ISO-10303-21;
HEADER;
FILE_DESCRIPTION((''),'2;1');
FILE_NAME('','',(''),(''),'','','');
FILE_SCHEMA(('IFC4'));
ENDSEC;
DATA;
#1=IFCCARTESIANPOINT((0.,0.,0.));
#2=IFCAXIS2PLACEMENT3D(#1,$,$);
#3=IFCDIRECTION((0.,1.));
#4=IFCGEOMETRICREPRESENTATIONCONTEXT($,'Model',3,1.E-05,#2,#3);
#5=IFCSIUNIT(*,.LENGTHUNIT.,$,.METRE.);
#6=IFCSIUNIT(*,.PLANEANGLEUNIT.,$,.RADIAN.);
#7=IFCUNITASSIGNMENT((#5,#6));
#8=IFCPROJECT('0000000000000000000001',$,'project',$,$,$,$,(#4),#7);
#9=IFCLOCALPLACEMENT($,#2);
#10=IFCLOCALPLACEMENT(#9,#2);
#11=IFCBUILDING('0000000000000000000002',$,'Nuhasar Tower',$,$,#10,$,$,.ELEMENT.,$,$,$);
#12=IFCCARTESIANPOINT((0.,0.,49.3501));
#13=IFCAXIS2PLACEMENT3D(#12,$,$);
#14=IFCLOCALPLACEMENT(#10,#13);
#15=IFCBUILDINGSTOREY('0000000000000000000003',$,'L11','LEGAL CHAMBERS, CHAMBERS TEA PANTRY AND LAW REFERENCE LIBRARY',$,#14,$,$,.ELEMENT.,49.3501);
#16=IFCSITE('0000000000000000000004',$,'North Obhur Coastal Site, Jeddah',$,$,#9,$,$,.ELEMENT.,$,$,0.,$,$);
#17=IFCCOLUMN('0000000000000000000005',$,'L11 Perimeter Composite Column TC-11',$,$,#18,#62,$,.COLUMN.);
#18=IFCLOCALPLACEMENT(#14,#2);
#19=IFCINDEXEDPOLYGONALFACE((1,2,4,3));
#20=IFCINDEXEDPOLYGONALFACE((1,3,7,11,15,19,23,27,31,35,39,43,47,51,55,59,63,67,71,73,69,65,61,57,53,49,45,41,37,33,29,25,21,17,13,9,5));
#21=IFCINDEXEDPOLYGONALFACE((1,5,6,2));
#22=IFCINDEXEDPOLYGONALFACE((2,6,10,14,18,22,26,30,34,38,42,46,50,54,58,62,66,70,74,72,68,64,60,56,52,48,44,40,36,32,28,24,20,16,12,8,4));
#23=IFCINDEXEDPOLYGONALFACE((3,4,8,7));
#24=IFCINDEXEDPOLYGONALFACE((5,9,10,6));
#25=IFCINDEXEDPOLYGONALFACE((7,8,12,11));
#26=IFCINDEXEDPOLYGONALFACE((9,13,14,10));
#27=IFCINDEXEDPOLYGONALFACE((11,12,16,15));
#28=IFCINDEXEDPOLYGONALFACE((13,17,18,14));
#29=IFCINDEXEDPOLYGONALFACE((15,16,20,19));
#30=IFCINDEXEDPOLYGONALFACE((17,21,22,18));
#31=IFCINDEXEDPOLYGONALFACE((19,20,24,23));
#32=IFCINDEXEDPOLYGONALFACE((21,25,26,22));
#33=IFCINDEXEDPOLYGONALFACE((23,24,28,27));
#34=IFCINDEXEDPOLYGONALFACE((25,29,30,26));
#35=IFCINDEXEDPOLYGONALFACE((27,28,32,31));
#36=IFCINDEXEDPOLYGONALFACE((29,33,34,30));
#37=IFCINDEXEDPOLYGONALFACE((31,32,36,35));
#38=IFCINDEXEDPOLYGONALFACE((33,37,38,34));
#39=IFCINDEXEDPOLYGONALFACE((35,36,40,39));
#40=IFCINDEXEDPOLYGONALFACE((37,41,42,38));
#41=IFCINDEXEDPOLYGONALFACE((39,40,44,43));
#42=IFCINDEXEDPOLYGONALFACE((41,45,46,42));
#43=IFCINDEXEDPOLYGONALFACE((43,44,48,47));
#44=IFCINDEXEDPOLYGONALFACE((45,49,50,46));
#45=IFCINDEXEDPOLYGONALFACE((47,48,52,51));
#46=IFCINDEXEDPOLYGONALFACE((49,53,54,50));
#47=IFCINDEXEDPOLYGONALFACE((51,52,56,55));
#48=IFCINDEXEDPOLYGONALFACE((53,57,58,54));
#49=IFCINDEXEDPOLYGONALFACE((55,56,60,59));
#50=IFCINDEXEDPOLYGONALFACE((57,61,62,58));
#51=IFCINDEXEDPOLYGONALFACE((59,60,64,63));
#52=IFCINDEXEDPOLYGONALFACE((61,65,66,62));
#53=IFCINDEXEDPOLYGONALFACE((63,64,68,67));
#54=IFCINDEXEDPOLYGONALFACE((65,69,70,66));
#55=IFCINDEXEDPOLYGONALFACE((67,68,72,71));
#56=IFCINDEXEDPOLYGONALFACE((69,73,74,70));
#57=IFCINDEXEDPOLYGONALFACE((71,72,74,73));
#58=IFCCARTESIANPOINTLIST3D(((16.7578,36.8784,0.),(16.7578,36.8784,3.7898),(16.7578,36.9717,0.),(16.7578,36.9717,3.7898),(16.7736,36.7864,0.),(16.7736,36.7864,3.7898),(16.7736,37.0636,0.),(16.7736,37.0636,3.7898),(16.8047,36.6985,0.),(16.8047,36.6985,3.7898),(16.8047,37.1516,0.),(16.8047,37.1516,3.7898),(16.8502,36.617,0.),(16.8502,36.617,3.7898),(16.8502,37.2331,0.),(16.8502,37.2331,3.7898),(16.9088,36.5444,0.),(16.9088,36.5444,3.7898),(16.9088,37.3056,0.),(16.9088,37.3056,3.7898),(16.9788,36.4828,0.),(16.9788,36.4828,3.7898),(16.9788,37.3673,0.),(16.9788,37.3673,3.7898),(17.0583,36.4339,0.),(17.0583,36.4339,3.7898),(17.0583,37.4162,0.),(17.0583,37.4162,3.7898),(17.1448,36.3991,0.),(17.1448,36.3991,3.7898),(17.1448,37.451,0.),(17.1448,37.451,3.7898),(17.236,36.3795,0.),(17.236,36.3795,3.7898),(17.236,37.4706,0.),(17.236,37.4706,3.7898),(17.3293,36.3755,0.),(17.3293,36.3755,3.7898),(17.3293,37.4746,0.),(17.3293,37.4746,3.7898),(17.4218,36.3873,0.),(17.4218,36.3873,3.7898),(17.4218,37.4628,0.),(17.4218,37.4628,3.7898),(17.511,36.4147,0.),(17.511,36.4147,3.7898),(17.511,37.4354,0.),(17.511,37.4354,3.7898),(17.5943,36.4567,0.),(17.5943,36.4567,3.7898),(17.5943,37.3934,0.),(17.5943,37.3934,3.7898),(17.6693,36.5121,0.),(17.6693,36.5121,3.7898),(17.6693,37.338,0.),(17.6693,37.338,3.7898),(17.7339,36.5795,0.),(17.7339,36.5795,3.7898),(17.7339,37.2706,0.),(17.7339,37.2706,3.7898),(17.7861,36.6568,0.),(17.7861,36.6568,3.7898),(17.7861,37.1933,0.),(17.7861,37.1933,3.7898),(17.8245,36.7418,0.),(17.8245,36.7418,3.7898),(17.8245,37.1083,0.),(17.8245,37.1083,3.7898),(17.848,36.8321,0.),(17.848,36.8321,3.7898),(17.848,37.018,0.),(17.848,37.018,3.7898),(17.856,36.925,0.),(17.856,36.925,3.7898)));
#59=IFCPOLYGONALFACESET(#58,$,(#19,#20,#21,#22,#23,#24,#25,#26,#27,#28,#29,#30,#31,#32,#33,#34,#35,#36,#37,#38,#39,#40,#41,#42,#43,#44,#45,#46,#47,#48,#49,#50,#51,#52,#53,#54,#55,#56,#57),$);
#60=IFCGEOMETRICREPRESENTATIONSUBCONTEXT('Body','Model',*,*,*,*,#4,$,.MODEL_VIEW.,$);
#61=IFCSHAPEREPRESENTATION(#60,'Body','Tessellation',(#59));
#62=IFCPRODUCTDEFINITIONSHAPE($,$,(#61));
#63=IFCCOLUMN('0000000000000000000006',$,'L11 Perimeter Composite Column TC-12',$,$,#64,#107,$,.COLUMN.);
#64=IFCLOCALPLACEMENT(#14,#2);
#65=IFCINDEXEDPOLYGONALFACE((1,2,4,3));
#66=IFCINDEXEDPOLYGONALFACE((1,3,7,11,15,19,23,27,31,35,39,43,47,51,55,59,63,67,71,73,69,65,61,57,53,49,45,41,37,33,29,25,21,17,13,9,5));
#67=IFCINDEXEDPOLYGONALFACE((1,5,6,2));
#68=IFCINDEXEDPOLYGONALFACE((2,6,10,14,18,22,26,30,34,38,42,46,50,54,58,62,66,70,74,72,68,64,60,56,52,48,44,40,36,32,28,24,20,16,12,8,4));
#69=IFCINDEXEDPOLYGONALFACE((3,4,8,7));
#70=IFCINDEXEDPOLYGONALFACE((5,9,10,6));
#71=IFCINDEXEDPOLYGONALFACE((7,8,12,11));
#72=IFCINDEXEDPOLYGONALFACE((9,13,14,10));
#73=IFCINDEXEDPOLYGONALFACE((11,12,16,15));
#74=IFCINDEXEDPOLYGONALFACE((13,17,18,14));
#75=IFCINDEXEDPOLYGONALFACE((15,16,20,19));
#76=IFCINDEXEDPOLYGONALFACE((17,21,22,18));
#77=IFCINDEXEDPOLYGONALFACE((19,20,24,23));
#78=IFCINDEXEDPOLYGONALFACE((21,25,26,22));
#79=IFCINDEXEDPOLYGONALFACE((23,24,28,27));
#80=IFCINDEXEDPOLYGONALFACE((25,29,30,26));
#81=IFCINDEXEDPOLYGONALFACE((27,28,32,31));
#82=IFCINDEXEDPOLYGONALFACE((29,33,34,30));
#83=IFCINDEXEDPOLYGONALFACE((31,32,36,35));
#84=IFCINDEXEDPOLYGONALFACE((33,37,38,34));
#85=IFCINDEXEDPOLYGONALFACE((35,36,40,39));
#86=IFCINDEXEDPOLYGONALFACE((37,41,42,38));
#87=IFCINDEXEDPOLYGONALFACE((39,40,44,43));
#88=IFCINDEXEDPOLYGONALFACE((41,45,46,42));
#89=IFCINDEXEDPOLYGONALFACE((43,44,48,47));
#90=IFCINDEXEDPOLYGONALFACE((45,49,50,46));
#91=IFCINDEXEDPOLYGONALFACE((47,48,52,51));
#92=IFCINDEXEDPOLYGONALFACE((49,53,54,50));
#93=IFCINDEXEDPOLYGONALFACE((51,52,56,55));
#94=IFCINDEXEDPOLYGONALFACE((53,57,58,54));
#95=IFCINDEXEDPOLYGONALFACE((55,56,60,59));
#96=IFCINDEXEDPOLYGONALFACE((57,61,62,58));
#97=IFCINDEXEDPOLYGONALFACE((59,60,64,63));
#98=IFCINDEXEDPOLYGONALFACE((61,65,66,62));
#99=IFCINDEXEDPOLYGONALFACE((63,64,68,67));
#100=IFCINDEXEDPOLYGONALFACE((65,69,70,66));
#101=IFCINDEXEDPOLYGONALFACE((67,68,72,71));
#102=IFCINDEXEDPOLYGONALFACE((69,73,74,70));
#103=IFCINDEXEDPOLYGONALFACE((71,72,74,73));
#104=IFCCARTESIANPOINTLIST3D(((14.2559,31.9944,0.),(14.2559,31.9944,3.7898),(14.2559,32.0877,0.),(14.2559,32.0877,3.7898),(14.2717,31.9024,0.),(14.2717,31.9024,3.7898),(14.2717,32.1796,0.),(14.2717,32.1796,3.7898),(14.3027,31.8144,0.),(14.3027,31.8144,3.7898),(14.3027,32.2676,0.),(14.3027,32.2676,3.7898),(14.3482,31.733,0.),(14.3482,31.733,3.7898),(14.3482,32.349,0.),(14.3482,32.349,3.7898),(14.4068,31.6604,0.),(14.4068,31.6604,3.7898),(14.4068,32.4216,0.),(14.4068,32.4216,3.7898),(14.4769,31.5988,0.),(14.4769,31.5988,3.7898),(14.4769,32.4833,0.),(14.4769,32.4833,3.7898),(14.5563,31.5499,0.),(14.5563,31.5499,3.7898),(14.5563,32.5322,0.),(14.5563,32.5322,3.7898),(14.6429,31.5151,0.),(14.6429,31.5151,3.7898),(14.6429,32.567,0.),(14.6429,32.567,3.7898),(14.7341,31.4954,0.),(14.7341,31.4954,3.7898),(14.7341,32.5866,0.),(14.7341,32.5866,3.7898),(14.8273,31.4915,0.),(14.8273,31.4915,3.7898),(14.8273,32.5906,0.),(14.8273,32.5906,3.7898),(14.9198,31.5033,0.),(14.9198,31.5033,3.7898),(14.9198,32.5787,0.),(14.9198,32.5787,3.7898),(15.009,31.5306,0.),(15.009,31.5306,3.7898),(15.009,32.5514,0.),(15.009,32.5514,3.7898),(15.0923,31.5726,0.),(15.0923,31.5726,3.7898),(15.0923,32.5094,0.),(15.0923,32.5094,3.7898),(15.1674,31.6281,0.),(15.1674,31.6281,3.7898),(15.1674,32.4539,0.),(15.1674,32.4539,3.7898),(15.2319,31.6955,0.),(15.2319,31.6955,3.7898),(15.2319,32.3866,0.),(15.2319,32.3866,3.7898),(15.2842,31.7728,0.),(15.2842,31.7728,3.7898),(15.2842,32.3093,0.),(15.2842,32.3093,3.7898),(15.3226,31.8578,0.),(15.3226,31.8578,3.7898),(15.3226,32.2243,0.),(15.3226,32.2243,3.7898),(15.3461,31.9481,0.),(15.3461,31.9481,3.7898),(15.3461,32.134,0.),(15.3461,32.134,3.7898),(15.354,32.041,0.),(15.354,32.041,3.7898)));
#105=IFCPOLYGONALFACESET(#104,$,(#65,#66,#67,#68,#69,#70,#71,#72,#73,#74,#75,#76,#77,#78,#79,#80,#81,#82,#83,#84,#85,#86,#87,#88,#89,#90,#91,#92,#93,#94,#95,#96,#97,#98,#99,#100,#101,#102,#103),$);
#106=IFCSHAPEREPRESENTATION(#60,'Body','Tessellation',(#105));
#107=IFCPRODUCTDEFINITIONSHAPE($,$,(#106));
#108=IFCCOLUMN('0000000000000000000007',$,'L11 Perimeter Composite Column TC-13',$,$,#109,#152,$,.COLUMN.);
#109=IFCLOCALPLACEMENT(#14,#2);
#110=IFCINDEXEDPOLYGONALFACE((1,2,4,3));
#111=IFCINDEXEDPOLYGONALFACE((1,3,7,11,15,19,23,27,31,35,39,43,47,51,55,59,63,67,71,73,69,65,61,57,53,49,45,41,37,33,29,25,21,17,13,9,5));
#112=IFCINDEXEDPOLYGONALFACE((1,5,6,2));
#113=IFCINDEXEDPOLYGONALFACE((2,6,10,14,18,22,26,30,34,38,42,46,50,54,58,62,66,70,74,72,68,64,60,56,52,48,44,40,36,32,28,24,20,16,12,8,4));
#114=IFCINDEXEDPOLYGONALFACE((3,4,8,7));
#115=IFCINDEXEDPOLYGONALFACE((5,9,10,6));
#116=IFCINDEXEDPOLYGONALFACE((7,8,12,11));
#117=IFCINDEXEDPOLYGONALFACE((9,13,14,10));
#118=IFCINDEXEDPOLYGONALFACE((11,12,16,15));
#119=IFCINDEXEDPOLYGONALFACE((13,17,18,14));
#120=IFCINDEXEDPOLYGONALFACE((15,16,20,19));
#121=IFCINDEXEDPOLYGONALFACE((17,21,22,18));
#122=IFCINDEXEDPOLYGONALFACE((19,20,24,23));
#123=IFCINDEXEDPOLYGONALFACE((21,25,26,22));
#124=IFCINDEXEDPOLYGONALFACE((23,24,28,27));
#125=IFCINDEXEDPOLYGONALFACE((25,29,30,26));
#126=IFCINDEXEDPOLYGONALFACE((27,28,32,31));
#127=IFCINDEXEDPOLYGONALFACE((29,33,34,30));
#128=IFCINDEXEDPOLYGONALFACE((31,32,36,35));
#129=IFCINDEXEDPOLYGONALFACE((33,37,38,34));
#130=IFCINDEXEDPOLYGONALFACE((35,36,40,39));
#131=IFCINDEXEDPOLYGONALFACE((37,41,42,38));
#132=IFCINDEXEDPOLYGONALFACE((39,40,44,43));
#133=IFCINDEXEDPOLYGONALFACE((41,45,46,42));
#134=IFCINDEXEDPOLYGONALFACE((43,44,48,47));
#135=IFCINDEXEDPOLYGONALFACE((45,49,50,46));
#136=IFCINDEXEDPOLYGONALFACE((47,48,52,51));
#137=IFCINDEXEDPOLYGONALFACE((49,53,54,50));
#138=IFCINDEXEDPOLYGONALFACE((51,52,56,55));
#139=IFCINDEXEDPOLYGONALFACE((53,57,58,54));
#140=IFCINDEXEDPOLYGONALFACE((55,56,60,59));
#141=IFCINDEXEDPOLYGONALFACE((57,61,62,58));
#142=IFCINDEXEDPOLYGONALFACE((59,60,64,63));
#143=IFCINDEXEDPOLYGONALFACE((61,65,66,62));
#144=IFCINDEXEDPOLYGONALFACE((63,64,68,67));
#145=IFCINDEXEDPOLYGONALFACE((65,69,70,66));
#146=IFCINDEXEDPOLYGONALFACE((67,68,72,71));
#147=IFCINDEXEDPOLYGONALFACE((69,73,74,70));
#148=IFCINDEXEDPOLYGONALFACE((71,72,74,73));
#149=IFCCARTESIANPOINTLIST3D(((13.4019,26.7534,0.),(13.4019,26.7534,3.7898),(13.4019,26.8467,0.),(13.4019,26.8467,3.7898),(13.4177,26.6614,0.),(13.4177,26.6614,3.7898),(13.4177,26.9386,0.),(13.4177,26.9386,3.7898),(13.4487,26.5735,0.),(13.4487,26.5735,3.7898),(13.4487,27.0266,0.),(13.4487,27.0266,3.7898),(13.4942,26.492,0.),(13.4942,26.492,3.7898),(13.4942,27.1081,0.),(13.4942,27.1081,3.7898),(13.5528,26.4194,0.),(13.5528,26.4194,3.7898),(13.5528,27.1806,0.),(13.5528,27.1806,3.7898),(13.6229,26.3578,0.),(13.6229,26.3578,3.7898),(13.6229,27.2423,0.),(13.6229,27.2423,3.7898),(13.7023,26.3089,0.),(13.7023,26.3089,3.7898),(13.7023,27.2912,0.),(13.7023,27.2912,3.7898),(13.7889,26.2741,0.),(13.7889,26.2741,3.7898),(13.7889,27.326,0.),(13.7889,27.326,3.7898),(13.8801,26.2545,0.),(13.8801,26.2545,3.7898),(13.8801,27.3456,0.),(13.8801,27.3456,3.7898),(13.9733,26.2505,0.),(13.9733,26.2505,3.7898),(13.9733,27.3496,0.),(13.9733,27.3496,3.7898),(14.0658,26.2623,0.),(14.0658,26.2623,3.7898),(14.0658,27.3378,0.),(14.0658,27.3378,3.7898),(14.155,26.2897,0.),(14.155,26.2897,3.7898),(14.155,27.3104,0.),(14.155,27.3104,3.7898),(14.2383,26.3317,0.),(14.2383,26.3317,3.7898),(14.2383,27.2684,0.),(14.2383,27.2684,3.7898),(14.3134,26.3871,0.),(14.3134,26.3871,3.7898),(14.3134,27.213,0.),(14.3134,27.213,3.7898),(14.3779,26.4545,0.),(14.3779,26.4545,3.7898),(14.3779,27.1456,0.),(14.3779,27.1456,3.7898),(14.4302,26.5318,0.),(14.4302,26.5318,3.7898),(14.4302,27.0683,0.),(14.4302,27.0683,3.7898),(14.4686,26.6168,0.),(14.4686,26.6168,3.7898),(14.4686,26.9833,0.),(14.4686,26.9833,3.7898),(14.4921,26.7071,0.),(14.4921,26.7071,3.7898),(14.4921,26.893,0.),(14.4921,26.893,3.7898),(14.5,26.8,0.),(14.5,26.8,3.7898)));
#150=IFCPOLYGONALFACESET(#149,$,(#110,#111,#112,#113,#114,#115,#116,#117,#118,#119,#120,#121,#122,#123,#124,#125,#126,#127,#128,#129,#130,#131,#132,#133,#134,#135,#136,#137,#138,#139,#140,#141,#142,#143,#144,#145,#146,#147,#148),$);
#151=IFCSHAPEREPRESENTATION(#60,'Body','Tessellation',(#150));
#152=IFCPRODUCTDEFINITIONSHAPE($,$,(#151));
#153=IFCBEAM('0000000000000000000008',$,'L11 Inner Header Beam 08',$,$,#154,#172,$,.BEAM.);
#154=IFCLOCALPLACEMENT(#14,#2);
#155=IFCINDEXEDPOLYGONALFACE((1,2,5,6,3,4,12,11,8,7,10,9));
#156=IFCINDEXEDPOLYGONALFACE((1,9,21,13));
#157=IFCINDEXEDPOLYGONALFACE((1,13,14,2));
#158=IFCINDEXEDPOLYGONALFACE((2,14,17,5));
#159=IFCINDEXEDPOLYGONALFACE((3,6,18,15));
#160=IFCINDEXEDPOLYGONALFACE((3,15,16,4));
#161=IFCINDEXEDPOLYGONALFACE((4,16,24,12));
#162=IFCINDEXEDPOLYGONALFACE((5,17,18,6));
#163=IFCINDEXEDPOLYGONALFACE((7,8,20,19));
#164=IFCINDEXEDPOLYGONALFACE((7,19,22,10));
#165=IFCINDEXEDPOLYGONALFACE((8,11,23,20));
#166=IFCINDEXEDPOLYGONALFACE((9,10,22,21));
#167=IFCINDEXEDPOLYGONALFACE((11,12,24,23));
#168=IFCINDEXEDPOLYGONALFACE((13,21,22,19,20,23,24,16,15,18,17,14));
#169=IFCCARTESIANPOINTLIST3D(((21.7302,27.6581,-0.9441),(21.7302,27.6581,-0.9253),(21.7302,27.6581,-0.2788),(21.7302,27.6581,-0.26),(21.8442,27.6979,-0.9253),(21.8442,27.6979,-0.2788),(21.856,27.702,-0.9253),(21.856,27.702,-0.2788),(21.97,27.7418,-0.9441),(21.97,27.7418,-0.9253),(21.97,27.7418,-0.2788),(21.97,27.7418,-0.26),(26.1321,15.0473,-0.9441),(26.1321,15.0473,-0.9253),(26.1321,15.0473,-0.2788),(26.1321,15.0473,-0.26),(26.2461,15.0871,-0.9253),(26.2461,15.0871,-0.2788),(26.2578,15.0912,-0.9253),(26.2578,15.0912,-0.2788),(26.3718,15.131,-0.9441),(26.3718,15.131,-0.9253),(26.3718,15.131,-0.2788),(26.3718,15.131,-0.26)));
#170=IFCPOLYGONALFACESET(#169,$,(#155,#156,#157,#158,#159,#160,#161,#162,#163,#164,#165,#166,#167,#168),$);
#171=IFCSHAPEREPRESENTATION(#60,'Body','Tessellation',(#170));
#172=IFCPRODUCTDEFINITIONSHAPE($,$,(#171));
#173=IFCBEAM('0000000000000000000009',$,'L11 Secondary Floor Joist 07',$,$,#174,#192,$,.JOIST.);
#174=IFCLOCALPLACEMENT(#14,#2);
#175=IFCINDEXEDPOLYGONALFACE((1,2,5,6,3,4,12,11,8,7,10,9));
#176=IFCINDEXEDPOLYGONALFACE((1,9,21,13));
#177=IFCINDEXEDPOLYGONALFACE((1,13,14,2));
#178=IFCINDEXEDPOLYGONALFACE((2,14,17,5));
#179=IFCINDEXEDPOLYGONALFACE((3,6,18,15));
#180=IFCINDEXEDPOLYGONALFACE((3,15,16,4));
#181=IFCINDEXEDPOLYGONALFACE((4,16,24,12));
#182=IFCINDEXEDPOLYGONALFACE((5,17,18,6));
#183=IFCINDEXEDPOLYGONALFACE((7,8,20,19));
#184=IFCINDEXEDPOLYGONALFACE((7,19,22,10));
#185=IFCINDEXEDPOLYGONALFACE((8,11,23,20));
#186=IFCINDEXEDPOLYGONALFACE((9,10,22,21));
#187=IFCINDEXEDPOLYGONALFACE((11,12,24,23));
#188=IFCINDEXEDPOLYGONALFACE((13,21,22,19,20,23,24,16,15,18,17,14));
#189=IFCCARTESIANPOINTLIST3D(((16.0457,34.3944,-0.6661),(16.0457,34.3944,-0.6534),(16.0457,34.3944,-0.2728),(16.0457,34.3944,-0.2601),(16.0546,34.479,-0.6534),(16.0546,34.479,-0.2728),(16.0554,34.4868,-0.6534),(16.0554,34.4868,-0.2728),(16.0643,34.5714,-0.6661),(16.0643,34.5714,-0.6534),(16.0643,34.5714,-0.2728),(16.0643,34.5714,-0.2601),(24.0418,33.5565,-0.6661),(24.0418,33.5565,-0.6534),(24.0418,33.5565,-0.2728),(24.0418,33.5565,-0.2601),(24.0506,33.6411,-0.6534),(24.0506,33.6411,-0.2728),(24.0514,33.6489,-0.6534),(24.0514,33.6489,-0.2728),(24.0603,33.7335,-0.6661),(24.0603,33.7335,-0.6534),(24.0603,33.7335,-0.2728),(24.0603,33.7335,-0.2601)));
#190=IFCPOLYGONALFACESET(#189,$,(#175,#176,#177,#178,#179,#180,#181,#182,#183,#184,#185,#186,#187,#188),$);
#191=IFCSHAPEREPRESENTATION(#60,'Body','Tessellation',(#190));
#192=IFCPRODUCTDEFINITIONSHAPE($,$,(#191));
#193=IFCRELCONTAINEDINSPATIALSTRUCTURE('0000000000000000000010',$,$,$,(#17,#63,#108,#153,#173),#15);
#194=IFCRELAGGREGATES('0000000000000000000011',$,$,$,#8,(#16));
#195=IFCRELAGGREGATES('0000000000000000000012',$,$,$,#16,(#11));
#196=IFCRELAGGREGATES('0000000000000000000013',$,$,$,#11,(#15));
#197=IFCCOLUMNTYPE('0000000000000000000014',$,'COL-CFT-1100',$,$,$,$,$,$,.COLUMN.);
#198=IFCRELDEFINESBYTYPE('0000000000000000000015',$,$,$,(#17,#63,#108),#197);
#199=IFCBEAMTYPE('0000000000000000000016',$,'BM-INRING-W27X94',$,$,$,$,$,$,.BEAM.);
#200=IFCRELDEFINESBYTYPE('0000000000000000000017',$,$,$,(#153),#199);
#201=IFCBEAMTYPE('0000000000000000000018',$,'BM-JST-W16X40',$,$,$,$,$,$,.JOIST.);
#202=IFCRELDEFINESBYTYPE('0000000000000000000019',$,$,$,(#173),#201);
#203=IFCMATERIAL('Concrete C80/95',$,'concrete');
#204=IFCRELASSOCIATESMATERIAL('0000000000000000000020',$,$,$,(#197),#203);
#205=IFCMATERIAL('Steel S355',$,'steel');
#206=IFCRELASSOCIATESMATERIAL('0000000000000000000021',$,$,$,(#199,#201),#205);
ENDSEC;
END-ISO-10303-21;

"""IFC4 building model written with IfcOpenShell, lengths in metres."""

from ifc_helpers import new_model, si_unit, direction, frame, origin, origin_2d, place, context, subcontext, project, spatial, circle, i_section, extrude, material, material_profile, profile_set, type_object, element, save


model = new_model("IFC4")

# Units and contexts
model_context = context("Model", 3, precision=1e-05, world=origin(), true_north=direction((0.0, 1.0)))
body_context = subcontext(model_context, "Body", "Model", "MODEL_VIEW")
ifc_project = project(units=[si_unit("LENGTHUNIT", "METRE"), si_unit("PLANEANGLEUNIT", "RADIAN")], contexts=[model_context])

# Site, building, storey
site_placement = place(None, origin())
site = spatial("IfcSite", under=ifc_project, at=site_placement, Name="North Obhur Coastal Site, Jeddah", CompositionType="ELEMENT", RefElevation=0.0)
building_placement = place(site_placement, origin())
building = spatial("IfcBuilding", under=site, at=building_placement, Name="Nuhasar Tower", CompositionType="ELEMENT")
storey_placement = place(building_placement, frame((0.0, 0.0, 49.3501)))
storey = spatial("IfcBuildingStorey", under=building, at=storey_placement, Name="L11", Description="LEGAL CHAMBERS, CHAMBERS TEA PANTRY AND LAW REFERENCE LIBRARY", CompositionType="ELEMENT", Elevation=49.3501)

# Columns
ifc_material_1 = material(Name="Concrete C80/95", Category="concrete")
ifc_material_profile_1 = material_profile(ifc_material_1, circle(Radius=0.55, at=origin_2d()), Name="CFT1100")
ifc_profile_set_1 = profile_set([ifc_material_profile_1], Name="Concrete C80/95")
column_type = type_object("IfcColumnType", Name="COL-CFT-1100", PredefinedType="COLUMN", material=ifc_profile_set_1)
for number, where, z_axis, x_axis, name in (
    (1, (17.3059, 36.925, 0.0), (0.0, 0.0, 1.0), (1.0, 0.0, 0.0), "L11 Perimeter Composite Column TC-11"),
    (2, (14.804, 32.041, 0.0), (0.0, 0.0, 1.0), (1.0, 0.0, 0.0), "L11 Perimeter Composite Column TC-12"),
    (3, (13.95, 26.8, 0.0), (0.0, 0.0, 1.0), (1.0, 0.0, 0.0), "L11 Perimeter Composite Column TC-13"),
):
    element("IfcColumn", number, at=place(storey_placement, frame(where, z_axis=z_axis, x_axis=x_axis)), inside=storey, type_object=column_type, Name=name, PredefinedType="COLUMN", context=body_context, shape_type="SweptSolid", body=[
        extrude(circle(Radius=0.55, at=origin_2d()), origin(), (0.0, 0.0, 1.0), 3.7898),
    ])

# Beams
ifc_material_2 = material(Name="Steel S355", Category="steel")
ifc_material_profile_2 = material_profile(ifc_material_2, i_section(OverallWidth=0.2539, OverallDepth=0.6841, WebThickness=0.0125, FlangeThickness=0.0188, at=origin_2d()), Name="W27X94")
ifc_profile_set_2 = profile_set([ifc_material_profile_2], Name="Steel S355")
beam_type_1 = type_object("IfcBeamType", Name="BM-INRING-W27X94", PredefinedType="BEAM", material=ifc_profile_set_2)
beam_1_placement = place(storey_placement, frame((21.8501, 27.7, -0.6021), z_axis=(0.329554, -0.944137, 0.0), x_axis=(0.944137, 0.329554, 0.0)))
element("IfcBeam", 4, at=beam_1_placement, inside=storey, type_object=beam_type_1, Name="L11 Inner Header Beam 08", PredefinedType="BEAM", context=body_context, shape_type="SweptSolid", body=[
    extrude(i_section(OverallWidth=0.2539, OverallDepth=0.6841, WebThickness=0.0125, FlangeThickness=0.0188, at=origin_2d()), origin(), (0.0, 0.0, 1.0), 13.3569),
])
ifc_material_profile_3 = material_profile(ifc_material_2, i_section(OverallWidth=0.178, OverallDepth=0.406, WebThickness=0.0078, FlangeThickness=0.0127, at=origin_2d()), Name="W16X40")
ifc_profile_set_3 = profile_set([ifc_material_profile_3], Name="Steel S355")
beam_type_2 = type_object("IfcBeamType", Name="BM-JST-W16X40", PredefinedType="JOIST", material=ifc_profile_set_3)
beam_2_placement = place(storey_placement, frame((24.051, 33.645, -0.4631), z_axis=(-0.994555, 0.104217, 0.0), x_axis=(-0.104217, -0.994555, 0.0)))
element("IfcBeam", 5, at=beam_2_placement, inside=storey, type_object=beam_type_2, Name="L11 Secondary Floor Joist 07", PredefinedType="JOIST", context=body_context, shape_type="SweptSolid", body=[
    extrude(i_section(OverallWidth=0.178, OverallDepth=0.406, WebThickness=0.0078, FlangeThickness=0.0127, at=origin_2d()), origin(), (0.0, 0.0, 1.0), 8.0398),
])

save(model, "model.ifc")
